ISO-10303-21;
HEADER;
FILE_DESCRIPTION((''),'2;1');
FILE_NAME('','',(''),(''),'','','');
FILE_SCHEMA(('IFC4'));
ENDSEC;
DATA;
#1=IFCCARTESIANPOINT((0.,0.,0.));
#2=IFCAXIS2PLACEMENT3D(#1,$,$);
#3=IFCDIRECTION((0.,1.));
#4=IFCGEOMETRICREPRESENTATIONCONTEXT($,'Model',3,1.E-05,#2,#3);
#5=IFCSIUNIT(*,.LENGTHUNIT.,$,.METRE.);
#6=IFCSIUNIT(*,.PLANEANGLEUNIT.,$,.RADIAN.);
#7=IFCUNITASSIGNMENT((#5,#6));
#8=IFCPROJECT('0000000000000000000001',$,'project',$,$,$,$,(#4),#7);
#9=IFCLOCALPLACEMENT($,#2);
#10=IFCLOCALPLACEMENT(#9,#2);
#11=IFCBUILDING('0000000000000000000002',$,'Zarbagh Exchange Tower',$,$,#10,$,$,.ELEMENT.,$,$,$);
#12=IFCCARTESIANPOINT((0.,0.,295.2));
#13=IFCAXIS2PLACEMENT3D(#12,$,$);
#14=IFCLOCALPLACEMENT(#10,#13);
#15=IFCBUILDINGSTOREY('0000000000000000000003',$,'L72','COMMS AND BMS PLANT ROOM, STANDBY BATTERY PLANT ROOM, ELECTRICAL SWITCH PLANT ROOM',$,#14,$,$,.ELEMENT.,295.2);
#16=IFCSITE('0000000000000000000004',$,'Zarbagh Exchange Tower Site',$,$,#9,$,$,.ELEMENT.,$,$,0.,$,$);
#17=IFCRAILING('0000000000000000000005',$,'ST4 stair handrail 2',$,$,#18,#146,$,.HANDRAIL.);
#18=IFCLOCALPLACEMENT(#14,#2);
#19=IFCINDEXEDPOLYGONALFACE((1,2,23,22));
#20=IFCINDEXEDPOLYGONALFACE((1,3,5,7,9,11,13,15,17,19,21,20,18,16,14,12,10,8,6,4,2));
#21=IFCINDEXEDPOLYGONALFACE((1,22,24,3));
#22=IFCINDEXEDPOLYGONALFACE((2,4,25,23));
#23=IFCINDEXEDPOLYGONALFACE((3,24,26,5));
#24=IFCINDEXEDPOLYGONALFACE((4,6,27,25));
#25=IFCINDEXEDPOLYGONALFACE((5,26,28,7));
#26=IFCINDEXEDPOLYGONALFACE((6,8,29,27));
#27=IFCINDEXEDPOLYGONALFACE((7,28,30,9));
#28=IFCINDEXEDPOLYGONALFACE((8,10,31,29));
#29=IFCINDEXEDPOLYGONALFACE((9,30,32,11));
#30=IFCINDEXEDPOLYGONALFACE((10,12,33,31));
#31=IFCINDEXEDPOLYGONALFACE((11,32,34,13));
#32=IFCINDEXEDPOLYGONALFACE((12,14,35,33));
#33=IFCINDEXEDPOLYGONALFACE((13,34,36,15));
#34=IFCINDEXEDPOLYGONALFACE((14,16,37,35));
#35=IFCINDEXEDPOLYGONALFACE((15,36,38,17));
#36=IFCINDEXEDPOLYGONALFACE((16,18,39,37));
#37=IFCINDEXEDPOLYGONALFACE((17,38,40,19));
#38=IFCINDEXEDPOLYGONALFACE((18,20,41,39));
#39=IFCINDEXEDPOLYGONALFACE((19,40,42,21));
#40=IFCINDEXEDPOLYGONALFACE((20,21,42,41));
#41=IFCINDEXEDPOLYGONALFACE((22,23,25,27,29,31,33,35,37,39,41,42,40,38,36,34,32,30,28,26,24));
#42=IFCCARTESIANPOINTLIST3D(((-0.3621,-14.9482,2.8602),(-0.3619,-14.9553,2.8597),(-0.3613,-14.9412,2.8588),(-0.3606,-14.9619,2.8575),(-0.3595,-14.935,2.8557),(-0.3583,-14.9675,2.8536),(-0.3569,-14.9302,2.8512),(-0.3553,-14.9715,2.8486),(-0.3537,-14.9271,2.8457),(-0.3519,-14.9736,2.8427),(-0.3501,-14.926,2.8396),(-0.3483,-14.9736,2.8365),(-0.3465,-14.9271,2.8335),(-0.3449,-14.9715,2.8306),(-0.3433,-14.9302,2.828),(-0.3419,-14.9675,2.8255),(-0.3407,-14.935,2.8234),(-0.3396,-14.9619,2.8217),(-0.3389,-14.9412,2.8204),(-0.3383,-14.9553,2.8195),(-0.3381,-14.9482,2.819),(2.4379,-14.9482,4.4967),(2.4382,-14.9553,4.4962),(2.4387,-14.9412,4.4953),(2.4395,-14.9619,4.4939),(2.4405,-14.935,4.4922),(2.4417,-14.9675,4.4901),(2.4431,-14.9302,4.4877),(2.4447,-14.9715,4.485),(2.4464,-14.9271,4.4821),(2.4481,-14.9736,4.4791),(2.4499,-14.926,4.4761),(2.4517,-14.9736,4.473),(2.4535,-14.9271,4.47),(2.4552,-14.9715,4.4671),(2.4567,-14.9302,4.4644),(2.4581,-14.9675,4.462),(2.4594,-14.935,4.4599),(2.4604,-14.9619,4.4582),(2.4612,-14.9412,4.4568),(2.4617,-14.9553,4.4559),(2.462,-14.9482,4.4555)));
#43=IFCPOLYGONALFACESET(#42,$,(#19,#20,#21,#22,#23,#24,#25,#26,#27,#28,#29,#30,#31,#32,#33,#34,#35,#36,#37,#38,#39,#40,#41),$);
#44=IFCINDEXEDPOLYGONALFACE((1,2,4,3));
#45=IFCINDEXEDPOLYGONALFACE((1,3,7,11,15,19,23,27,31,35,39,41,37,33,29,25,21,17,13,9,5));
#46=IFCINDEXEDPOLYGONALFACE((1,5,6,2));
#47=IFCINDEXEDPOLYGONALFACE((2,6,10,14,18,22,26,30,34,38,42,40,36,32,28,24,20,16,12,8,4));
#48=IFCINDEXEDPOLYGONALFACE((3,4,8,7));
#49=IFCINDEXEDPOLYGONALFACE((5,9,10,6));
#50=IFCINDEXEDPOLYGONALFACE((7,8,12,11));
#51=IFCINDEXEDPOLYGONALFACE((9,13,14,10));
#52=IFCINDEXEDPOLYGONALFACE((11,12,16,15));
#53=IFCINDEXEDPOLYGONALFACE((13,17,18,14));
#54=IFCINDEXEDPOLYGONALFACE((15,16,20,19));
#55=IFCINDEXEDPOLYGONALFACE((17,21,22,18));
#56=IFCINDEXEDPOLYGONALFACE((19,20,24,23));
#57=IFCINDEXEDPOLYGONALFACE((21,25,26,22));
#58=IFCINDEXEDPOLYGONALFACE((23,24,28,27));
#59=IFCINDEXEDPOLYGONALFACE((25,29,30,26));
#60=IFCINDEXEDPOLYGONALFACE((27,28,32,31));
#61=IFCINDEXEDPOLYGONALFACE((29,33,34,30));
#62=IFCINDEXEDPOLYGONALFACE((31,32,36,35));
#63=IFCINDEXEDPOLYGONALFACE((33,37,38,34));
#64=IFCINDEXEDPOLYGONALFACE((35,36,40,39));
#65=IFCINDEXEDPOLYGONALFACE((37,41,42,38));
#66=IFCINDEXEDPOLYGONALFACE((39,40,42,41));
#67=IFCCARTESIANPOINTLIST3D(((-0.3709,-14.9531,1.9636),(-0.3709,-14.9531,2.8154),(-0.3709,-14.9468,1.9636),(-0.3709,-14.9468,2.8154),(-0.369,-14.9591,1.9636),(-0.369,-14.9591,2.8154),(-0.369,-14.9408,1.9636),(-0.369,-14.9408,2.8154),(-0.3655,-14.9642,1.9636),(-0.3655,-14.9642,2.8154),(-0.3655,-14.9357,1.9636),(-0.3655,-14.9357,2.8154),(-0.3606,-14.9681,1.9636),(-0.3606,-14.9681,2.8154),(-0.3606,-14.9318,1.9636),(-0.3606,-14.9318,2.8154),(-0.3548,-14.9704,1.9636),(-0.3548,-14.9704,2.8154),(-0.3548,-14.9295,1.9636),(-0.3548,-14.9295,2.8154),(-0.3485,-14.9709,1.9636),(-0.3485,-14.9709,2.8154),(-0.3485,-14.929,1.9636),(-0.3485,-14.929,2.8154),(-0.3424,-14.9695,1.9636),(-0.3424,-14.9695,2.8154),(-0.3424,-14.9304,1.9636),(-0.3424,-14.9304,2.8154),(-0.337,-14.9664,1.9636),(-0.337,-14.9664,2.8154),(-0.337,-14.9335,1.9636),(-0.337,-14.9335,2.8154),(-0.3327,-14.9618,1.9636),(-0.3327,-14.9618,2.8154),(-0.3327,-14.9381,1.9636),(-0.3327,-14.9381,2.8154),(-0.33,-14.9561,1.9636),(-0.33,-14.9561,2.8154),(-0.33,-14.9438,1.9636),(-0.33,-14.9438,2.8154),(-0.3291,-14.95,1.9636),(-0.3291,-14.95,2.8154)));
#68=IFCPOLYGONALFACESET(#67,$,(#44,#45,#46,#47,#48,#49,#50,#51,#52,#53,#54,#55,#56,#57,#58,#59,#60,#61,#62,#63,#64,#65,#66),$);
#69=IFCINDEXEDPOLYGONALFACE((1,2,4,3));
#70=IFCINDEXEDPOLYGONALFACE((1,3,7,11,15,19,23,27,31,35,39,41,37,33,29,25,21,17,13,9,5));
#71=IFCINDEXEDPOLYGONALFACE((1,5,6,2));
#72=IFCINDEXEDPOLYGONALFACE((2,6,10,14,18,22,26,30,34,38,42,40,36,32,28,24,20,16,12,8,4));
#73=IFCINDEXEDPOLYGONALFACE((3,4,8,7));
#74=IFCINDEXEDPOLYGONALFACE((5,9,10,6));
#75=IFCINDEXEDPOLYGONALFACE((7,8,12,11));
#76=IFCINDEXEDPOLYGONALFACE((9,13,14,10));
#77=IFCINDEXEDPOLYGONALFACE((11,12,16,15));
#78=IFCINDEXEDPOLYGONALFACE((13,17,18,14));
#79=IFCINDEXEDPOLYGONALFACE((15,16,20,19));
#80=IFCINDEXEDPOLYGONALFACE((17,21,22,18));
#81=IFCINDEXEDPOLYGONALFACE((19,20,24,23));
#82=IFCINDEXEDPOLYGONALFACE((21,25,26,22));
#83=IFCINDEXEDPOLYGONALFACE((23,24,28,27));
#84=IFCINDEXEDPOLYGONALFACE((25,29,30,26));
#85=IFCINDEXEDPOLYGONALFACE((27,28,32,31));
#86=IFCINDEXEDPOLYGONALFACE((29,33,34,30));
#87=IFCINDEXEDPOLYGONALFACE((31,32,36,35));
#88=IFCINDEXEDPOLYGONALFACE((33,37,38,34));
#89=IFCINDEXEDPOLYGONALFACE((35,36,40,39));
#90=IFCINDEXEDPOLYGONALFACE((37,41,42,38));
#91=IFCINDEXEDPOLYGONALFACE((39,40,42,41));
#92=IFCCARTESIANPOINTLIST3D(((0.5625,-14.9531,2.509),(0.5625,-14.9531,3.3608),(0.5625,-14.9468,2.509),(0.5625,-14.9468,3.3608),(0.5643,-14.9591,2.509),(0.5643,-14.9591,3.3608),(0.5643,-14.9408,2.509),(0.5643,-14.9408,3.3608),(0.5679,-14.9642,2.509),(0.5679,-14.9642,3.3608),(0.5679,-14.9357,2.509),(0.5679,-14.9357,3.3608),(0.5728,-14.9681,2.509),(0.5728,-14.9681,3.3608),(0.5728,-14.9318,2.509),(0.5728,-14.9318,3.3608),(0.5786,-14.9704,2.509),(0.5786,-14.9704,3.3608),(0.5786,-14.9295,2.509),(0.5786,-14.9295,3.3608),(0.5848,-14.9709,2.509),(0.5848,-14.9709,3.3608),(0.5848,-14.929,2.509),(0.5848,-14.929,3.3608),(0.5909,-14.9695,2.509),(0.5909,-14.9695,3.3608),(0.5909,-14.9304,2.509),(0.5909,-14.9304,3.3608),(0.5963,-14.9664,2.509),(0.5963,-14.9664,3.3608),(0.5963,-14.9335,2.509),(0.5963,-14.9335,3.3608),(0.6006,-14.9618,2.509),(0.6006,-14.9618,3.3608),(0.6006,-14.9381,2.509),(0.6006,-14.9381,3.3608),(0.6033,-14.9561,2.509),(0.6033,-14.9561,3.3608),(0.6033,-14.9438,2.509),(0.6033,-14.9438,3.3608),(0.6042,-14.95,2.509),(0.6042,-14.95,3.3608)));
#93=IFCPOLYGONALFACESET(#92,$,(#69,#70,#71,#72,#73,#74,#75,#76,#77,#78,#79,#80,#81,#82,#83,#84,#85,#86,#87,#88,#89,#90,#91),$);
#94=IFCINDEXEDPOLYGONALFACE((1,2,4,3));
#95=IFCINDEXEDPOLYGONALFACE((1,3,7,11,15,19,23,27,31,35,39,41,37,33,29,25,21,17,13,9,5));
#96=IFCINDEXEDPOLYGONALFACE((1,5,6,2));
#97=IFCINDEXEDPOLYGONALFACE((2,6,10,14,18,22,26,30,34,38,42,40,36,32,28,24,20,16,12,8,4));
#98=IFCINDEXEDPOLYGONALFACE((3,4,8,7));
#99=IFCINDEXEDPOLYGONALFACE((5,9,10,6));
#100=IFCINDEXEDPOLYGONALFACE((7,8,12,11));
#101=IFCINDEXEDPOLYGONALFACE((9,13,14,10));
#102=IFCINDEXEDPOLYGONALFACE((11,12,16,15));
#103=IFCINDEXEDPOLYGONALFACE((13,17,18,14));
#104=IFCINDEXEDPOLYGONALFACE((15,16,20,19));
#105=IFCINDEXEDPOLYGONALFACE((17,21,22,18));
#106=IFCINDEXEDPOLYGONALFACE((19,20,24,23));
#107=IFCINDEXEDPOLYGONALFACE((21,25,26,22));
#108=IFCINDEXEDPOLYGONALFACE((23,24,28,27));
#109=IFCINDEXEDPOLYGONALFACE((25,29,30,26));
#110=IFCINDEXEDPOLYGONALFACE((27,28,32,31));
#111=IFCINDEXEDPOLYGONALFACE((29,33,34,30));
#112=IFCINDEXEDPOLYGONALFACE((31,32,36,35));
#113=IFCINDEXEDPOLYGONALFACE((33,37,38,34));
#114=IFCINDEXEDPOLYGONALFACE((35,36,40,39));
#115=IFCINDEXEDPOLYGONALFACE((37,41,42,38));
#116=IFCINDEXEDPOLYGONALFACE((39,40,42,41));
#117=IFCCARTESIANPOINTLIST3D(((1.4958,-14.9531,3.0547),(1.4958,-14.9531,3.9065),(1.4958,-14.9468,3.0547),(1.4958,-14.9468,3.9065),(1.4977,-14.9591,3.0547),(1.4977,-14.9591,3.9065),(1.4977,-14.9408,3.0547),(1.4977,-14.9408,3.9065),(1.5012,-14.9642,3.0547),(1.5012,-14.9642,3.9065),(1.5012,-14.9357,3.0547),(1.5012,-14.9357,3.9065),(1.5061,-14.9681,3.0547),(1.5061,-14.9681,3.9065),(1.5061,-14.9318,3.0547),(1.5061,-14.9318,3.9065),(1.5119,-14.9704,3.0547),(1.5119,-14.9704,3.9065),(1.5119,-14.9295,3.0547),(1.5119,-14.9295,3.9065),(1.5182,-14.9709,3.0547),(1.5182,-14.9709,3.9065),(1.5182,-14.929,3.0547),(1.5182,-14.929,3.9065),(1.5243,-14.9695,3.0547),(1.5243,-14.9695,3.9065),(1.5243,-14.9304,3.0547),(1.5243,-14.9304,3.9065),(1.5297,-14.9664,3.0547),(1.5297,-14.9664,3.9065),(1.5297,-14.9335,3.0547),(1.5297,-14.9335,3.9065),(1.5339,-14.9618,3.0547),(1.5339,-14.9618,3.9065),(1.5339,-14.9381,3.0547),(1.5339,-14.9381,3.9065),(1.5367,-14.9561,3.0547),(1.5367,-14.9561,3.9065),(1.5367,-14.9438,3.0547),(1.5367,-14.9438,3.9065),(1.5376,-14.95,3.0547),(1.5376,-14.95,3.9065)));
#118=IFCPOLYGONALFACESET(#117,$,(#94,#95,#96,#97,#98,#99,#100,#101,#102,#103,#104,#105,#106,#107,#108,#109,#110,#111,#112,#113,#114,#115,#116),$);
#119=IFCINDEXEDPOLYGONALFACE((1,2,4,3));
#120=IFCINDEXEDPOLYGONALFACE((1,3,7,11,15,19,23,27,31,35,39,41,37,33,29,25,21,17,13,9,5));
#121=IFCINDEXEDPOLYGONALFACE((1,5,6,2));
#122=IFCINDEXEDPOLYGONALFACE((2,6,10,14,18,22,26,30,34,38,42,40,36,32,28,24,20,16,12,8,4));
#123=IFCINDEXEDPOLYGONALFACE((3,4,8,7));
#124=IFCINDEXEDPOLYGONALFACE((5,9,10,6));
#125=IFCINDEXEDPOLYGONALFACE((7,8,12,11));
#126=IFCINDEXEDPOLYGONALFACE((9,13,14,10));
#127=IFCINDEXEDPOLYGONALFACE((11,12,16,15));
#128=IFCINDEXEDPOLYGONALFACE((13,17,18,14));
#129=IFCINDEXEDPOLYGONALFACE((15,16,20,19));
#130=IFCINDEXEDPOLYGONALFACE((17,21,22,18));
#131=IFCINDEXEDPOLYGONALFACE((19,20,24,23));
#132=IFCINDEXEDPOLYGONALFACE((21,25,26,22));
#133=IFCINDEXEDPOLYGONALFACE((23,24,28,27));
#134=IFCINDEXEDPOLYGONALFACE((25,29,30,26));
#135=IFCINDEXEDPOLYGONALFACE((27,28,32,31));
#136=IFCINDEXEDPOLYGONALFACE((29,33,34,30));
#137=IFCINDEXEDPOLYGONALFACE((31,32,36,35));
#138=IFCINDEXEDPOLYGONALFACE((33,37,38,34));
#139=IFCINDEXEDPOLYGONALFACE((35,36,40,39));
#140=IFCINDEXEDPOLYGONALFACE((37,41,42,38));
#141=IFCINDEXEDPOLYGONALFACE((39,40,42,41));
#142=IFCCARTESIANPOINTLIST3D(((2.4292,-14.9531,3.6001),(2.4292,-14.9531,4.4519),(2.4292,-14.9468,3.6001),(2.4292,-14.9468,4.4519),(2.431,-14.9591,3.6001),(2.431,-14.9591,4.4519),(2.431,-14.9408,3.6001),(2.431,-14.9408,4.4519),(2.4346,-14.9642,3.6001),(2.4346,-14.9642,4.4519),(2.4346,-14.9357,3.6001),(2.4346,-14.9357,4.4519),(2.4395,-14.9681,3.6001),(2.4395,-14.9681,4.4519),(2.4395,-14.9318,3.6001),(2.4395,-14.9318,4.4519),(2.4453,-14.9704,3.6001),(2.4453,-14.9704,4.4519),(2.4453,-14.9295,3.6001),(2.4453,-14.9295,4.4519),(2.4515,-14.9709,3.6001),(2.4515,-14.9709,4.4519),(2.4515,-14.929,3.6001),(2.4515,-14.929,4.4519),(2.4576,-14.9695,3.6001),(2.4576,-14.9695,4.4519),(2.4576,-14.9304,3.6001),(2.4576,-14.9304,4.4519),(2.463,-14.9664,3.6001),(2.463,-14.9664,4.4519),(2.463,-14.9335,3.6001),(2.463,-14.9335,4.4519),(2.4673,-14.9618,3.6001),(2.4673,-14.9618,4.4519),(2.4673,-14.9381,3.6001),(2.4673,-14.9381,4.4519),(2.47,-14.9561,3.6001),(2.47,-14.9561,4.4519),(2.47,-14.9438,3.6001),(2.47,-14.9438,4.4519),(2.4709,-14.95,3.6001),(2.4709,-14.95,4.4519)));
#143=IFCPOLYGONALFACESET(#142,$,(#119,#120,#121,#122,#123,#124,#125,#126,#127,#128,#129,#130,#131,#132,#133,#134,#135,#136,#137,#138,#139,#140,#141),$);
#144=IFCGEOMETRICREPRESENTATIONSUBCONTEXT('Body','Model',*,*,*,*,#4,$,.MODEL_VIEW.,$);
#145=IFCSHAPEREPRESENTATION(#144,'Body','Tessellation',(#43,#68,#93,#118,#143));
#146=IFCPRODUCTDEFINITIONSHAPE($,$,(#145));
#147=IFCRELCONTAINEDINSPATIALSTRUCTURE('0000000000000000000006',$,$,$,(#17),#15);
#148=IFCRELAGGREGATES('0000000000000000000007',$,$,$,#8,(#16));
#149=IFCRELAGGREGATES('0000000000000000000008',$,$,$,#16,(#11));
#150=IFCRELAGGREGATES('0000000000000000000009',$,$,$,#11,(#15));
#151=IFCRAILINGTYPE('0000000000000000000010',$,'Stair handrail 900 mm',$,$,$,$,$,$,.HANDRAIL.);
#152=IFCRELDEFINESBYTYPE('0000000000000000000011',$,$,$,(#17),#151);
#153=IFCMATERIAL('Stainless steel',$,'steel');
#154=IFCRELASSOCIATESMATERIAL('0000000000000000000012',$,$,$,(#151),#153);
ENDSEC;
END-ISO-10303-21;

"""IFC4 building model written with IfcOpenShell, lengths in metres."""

from ifc_helpers import new_model, si_unit, direction, frame, origin, origin_2d, place, context, subcontext, project, spatial, circle, extrude, material, type_object, element, save


model = new_model("IFC4")

# Units and contexts
model_context = context("Model", 3, precision=1e-05, world=origin(), true_north=direction((0.0, 1.0)))
body_context = subcontext(model_context, "Body", "Model", "MODEL_VIEW")
ifc_project = project(units=[si_unit("LENGTHUNIT", "METRE"), si_unit("PLANEANGLEUNIT", "RADIAN")], contexts=[model_context])

# Site, building, storey
site_placement = place(None, origin())
site = spatial("IfcSite", under=ifc_project, at=site_placement, Name="Zarbagh Exchange Tower Site", CompositionType="ELEMENT", RefElevation=0.0)
building_placement = place(site_placement, origin())
building = spatial("IfcBuilding", under=site, at=building_placement, Name="Zarbagh Exchange Tower", CompositionType="ELEMENT")
storey_placement = place(building_placement, frame((0.0, 0.0, 295.2)))
storey = spatial("IfcBuildingStorey", under=building, at=storey_placement, Name="L72", Description="COMMS AND BMS PLANT ROOM, STANDBY BATTERY PLANT ROOM, ELECTRICAL SWITCH PLANT ROOM", CompositionType="ELEMENT", Elevation=295.2)

# Shared definitions
ifc_material_1 = material(Name="Stainless steel", Category="steel")

# Railing
railing_type_1 = type_object("IfcRailingType", Name="Stair handrail 900 mm", PredefinedType="HANDRAIL", material=ifc_material_1)
railing_1_placement = place(storey_placement, frame((-0.3501, -14.95, 1.9636)))
element("IfcRailing", 1, at=railing_1_placement, inside=storey, type_object=railing_type_1, Name="ST4 stair handrail 2", PredefinedType="HANDRAIL", context=body_context, shape_type="SweptSolid", body=[
    extrude(circle(Radius=0.0239, at=origin_2d()), frame((0.0, 0.0, 0.876), z_axis=(0.863361, 0.0, 0.504587), x_axis=(0.0, 1.0, 0.0)), (0.0, 0.0, 1.0), 3.2432),
    extrude(circle(Radius=0.021, at=origin_2d()), origin(), (0.0, 0.0, 1.0), 0.8518),
    extrude(circle(Radius=0.021, at=origin_2d()), frame((0.9333, 0.0, 0.5454)), (0.0, 0.0, 1.0), 0.8518),
    extrude(circle(Radius=0.021, at=origin_2d()), frame((1.8667, 0.0, 1.0911)), (0.0, 0.0, 1.0), 0.8518),
    extrude(circle(Radius=0.021, at=origin_2d()), frame((2.8, 0.0, 1.6365)), (0.0, 0.0, 1.0), 0.8518),
])

save(model, "model.ifc")
